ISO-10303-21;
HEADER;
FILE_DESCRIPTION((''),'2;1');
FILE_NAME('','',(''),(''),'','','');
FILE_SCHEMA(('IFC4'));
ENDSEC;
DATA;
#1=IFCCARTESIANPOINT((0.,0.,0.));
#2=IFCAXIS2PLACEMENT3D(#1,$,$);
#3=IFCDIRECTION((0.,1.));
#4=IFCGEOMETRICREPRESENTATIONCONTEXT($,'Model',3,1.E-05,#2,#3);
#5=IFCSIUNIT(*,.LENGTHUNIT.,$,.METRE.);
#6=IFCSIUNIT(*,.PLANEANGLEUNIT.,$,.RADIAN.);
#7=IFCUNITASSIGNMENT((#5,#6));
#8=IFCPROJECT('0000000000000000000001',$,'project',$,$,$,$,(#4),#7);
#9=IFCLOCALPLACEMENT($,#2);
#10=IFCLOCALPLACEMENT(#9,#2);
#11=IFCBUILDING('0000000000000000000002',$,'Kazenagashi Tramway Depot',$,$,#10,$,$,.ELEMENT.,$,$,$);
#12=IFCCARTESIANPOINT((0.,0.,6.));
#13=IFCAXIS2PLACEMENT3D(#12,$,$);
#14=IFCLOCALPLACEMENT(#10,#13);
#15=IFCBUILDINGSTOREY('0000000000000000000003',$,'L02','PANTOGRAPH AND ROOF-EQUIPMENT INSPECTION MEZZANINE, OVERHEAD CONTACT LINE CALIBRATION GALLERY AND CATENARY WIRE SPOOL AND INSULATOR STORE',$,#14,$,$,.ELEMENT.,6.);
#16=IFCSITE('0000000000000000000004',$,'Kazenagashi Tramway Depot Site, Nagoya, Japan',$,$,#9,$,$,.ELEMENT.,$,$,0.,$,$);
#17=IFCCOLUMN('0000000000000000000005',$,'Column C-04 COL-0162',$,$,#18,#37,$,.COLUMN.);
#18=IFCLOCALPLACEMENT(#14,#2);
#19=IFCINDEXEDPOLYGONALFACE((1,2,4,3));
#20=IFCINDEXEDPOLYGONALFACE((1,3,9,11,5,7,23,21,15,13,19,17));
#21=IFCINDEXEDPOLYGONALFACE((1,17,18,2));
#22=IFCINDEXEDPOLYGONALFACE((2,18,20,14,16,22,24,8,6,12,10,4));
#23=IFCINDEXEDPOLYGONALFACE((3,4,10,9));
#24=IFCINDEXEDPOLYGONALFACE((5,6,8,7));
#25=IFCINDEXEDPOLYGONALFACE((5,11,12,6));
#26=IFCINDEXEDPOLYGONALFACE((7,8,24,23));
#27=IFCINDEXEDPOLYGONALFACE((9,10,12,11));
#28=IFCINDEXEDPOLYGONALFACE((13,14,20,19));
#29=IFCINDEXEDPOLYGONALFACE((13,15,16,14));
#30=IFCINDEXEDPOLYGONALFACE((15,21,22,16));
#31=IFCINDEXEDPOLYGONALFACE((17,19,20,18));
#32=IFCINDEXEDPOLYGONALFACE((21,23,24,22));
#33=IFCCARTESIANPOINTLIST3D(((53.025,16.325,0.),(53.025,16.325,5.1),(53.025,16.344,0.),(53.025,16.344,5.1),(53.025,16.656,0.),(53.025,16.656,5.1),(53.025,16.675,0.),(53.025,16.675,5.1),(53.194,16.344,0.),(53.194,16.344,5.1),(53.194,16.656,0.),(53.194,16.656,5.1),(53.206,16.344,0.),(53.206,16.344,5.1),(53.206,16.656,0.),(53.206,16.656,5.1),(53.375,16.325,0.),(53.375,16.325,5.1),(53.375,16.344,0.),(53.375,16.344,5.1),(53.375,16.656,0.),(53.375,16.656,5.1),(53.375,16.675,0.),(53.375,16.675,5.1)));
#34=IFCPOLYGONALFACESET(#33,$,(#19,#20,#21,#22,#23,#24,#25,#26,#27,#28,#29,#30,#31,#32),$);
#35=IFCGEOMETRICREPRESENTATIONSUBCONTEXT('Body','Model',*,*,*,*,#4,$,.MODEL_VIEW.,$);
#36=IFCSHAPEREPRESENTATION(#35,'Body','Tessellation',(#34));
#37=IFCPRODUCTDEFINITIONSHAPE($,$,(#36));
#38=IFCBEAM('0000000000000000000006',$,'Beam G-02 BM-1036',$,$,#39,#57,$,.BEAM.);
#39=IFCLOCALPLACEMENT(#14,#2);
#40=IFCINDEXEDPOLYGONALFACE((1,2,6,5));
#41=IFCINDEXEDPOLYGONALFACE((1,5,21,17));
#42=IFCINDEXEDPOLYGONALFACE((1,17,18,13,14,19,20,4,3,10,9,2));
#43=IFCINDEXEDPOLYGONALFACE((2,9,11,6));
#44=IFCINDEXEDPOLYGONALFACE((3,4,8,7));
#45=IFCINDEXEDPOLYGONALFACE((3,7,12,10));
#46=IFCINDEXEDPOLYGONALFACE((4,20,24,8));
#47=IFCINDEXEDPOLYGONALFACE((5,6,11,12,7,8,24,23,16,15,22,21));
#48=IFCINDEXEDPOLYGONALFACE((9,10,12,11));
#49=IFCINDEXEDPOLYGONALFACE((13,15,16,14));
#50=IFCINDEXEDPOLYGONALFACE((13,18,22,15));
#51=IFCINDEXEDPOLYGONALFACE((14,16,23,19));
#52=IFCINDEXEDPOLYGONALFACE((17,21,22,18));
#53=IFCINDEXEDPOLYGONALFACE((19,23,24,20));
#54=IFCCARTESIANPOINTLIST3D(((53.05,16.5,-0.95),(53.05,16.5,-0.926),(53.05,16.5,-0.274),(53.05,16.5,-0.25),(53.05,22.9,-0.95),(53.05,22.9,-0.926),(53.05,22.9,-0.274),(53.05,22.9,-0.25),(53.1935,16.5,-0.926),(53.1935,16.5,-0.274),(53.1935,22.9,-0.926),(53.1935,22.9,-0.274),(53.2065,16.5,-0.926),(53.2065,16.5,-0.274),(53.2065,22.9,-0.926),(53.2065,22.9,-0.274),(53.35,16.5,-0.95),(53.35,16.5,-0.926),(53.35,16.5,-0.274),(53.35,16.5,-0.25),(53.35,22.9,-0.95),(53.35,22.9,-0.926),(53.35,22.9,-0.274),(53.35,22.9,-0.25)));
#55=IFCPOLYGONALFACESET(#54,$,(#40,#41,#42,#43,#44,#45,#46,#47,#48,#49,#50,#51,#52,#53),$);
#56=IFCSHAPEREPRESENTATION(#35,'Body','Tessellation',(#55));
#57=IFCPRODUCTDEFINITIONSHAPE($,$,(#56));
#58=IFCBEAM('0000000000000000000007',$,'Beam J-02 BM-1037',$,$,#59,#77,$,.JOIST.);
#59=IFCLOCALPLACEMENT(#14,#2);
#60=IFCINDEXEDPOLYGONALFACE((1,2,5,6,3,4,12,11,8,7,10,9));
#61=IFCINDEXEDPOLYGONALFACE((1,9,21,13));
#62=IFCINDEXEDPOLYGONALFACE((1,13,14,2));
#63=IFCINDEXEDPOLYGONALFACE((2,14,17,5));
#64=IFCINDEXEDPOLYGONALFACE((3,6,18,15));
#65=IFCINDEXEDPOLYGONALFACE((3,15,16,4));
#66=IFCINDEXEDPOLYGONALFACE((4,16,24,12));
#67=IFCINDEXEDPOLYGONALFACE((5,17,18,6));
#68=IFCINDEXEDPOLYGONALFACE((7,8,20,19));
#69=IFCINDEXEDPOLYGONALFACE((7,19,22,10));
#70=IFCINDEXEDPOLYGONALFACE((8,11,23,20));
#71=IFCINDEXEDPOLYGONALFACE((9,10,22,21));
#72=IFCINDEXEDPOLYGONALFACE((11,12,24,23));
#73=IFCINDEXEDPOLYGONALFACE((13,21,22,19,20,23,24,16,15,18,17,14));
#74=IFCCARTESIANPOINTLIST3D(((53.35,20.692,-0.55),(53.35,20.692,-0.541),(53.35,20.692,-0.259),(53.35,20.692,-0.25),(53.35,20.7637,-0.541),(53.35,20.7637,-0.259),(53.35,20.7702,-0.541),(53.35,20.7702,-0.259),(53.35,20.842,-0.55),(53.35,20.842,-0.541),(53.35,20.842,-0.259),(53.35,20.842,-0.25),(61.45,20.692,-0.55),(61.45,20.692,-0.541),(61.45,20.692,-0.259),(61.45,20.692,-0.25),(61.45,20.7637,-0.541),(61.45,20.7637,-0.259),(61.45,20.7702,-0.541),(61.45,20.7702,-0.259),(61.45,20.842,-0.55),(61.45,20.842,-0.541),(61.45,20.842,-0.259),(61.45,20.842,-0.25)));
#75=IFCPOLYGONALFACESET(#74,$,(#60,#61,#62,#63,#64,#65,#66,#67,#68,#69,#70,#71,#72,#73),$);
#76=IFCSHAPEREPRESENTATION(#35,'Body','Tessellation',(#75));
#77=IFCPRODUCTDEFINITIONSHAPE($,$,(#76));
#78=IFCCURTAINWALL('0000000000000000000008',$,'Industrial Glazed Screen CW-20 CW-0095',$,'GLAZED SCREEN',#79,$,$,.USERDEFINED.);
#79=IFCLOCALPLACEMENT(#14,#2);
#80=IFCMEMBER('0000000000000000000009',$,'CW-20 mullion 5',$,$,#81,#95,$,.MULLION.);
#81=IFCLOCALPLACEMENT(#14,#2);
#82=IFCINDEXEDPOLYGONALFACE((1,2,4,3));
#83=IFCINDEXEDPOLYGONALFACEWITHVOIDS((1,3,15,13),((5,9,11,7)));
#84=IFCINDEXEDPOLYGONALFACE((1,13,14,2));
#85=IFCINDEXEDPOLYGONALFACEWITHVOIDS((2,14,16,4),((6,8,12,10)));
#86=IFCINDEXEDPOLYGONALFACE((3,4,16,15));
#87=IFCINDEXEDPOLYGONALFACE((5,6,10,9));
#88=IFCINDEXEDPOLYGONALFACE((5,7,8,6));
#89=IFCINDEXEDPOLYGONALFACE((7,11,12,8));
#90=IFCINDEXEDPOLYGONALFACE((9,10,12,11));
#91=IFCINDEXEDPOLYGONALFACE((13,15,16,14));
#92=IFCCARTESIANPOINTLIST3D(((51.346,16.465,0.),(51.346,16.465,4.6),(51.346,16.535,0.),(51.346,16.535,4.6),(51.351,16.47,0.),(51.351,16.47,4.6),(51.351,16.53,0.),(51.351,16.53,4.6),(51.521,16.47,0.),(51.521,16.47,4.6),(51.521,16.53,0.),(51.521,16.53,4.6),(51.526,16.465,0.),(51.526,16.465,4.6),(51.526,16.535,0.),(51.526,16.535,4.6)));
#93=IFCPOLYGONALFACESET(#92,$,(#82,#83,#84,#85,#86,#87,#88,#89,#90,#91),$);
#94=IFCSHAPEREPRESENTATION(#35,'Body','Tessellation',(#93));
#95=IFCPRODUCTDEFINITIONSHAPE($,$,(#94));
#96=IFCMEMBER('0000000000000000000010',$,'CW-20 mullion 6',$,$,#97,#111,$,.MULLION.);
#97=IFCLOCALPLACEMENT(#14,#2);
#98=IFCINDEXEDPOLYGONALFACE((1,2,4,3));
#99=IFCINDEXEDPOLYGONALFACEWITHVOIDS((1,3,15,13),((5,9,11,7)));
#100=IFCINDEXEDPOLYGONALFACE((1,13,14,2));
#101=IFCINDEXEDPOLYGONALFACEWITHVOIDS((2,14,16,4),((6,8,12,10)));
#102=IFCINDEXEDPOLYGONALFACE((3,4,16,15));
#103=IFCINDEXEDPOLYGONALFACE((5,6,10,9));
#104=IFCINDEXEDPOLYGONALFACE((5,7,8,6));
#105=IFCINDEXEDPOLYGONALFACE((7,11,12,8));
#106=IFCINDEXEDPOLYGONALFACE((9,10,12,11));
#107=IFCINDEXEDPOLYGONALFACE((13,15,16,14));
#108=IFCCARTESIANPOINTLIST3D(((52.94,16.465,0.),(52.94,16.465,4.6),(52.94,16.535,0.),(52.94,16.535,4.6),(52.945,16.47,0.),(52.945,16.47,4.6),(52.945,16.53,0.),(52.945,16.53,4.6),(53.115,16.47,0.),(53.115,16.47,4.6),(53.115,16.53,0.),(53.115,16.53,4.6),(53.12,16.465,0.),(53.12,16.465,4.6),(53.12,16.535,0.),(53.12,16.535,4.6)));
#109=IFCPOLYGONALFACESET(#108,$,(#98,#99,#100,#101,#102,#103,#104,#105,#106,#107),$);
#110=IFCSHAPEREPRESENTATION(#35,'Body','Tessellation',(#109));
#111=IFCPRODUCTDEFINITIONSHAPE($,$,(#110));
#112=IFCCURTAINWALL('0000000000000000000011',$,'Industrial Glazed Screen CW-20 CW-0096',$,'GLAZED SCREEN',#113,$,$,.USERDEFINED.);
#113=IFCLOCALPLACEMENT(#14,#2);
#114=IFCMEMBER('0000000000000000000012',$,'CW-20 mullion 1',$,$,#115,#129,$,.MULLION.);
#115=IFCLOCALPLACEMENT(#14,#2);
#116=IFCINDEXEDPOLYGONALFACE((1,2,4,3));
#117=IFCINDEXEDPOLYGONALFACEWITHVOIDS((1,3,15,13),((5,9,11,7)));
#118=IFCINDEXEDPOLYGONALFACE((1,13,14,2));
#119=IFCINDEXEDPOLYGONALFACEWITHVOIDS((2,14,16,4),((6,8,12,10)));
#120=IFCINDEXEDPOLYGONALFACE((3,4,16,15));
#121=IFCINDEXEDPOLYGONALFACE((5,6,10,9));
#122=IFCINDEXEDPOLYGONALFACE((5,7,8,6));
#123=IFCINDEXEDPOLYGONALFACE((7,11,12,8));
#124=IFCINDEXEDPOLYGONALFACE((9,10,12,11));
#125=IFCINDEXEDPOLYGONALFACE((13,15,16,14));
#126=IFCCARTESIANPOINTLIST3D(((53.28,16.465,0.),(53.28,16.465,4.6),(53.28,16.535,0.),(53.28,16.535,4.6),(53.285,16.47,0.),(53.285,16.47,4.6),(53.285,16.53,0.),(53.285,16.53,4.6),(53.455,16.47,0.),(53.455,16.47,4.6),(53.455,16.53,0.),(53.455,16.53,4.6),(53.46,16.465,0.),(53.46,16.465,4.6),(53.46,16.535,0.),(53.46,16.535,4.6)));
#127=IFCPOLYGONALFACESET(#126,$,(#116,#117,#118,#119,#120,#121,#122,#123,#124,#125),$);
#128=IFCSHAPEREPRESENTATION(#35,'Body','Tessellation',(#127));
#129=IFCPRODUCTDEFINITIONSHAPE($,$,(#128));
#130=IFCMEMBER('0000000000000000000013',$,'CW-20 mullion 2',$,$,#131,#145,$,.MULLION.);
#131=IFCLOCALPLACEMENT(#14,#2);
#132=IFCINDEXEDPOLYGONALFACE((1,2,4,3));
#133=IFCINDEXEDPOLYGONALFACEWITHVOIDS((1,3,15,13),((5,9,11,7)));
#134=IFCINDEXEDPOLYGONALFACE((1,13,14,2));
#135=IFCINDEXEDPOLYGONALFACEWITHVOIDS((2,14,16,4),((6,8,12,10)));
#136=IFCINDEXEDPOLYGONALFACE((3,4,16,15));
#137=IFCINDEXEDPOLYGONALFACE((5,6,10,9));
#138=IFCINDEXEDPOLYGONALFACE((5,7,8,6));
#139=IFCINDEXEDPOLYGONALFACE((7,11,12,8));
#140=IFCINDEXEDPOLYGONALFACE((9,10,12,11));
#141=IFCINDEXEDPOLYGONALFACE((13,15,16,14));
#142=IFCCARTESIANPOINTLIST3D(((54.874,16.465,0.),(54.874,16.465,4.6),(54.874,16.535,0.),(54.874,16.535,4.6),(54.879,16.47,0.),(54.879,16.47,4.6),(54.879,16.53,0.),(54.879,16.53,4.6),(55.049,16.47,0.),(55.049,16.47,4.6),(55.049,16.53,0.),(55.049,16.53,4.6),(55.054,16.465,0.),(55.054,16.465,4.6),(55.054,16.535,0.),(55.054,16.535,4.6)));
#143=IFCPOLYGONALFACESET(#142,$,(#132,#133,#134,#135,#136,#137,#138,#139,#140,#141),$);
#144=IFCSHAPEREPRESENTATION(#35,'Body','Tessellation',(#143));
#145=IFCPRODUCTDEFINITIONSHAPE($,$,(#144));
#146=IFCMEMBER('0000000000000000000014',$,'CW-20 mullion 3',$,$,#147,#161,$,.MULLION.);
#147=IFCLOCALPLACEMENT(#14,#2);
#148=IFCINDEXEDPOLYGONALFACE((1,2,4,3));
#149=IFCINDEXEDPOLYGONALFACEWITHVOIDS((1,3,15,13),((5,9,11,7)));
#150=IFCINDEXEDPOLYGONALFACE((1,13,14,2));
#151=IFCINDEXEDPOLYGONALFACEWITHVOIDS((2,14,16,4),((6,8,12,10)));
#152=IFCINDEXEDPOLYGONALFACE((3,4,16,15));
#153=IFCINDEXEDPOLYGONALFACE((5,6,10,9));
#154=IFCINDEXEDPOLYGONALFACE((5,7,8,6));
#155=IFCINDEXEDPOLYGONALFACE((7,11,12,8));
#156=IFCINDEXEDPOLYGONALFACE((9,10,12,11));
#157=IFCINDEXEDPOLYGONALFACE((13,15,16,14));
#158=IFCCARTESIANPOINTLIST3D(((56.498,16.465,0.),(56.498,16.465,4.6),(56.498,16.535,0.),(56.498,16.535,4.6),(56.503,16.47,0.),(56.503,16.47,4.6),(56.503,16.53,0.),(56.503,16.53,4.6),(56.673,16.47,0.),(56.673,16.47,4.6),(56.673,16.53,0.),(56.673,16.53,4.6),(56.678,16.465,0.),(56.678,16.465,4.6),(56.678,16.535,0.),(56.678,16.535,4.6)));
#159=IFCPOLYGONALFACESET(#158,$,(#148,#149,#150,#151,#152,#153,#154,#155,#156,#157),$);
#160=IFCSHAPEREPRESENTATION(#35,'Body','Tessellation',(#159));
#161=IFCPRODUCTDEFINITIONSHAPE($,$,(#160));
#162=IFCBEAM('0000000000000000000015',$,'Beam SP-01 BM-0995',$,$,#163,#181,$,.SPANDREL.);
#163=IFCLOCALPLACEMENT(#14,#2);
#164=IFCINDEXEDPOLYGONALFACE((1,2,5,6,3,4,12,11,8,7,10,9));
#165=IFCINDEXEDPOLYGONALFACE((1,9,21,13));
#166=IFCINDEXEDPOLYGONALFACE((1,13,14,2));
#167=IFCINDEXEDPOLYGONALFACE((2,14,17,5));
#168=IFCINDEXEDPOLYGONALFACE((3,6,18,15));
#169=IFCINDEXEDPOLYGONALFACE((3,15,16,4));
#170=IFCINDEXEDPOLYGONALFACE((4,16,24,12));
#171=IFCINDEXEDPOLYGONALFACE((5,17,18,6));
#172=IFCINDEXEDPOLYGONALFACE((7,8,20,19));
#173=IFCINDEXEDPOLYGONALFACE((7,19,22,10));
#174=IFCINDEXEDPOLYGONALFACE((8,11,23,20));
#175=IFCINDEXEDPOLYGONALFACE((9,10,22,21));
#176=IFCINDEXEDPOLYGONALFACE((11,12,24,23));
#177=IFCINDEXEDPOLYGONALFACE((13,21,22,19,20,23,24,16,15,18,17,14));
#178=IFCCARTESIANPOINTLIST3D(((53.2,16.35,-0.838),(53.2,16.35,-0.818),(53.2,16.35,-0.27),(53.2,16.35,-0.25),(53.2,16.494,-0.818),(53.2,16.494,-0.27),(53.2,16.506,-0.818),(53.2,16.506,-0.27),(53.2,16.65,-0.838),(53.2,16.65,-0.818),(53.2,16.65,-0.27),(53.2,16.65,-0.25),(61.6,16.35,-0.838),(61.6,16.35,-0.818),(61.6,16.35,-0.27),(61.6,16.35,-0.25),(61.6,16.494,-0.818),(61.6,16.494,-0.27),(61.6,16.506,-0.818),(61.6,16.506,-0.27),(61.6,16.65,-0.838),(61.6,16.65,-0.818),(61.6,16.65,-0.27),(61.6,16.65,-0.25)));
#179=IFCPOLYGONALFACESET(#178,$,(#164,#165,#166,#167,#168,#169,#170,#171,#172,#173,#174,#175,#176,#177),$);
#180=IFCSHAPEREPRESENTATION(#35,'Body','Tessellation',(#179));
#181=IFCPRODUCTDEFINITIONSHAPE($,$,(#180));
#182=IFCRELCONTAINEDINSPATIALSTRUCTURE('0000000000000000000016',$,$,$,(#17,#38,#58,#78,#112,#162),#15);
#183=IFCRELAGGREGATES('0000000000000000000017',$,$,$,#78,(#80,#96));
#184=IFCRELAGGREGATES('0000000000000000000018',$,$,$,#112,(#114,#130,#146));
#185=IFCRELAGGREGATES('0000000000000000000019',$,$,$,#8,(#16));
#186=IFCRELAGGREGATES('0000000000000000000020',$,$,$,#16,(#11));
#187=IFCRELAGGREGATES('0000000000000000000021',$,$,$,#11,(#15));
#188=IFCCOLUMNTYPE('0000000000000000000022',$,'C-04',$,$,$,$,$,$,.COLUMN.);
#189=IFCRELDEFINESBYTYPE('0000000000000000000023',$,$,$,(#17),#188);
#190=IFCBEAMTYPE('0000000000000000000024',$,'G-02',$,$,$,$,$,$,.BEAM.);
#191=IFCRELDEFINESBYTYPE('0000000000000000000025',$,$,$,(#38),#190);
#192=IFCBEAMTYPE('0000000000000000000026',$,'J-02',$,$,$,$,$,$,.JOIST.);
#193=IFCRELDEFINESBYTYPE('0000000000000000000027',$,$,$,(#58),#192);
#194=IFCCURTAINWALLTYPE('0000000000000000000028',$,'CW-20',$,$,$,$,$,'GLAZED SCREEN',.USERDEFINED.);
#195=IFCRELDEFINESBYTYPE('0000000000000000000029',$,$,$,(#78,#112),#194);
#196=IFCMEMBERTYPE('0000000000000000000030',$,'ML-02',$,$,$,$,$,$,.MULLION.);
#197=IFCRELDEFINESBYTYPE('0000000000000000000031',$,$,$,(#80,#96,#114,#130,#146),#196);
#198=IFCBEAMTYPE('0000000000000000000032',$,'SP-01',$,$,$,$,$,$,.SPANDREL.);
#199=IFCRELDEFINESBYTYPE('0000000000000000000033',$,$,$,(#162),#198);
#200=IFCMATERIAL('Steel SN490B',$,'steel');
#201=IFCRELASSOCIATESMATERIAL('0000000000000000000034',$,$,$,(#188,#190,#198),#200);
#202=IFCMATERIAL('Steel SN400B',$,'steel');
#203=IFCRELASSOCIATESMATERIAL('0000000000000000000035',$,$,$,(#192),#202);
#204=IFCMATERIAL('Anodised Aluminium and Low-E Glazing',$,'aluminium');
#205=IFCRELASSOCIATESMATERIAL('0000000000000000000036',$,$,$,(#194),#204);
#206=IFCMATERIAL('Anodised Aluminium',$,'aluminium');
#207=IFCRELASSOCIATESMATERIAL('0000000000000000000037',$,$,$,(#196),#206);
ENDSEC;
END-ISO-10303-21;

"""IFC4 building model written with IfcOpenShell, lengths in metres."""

from ifc_helpers import new_model, si_unit, direction, frame, origin, origin_2d, place, context, subcontext, project, spatial, hollow_rectangle, i_section, extrude, material, material_profile, profile_set, type_object, element, aggregate, save


model = new_model("IFC4")

# Units and contexts
model_context = context("Model", 3, precision=1e-05, world=origin(), true_north=direction((0.0, 1.0)))
body_context = subcontext(model_context, "Body", "Model", "MODEL_VIEW")
ifc_project = project(units=[si_unit("LENGTHUNIT", "METRE"), si_unit("PLANEANGLEUNIT", "RADIAN")], contexts=[model_context])

# Site, building, storey
site_placement = place(None, origin())
site = spatial("IfcSite", under=ifc_project, at=site_placement, Name="Kazenagashi Tramway Depot Site, Nagoya, Japan", CompositionType="ELEMENT", RefElevation=0.0)
building_placement = place(site_placement, origin())
building = spatial("IfcBuilding", under=site, at=building_placement, Name="Kazenagashi Tramway Depot", CompositionType="ELEMENT")
storey_placement = place(building_placement, frame((0.0, 0.0, 6.0)))
storey = spatial("IfcBuildingStorey", under=building, at=storey_placement, Name="L02", Description="PANTOGRAPH AND ROOF-EQUIPMENT INSPECTION MEZZANINE, OVERHEAD CONTACT LINE CALIBRATION GALLERY AND CATENARY WIRE SPOOL AND INSULATOR STORE", CompositionType="ELEMENT", Elevation=6.0)

# Column
ifc_material_1 = material(Name="Steel SN490B", Category="steel")
ifc_material_profile_1 = material_profile(ifc_material_1, i_section(OverallWidth=0.35, OverallDepth=0.35, WebThickness=0.012, FlangeThickness=0.019, at=origin_2d()), Name="H-350x350x12x19")
ifc_profile_set_1 = profile_set([ifc_material_profile_1], Name="Steel SN490B")
column_type = type_object("IfcColumnType", Name="C-04", PredefinedType="COLUMN", material=ifc_profile_set_1)
column_placement = place(storey_placement, frame((53.2, 16.5, 0.0), z_axis=(0.0, 0.0, 1.0), x_axis=(1.0, 0.0, 0.0)))
element("IfcColumn", 1, at=column_placement, inside=storey, type_object=column_type, Name="Column C-04 COL-0162", PredefinedType="COLUMN", context=body_context, shape_type="SweptSolid", body=[
    extrude(i_section(OverallWidth=0.35, OverallDepth=0.35, WebThickness=0.012, FlangeThickness=0.019, at=origin_2d()), origin(), (0.0, 0.0, 1.0), 5.1),
])

# Beams
ifc_material_profile_2 = material_profile(ifc_material_1, i_section(OverallWidth=0.3, OverallDepth=0.7, WebThickness=0.013, FlangeThickness=0.024, at=origin_2d()), Name="H-700x300x13x24")
ifc_profile_set_2 = profile_set([ifc_material_profile_2], Name="Steel SN490B")
beam_type_1 = type_object("IfcBeamType", Name="G-02", PredefinedType="BEAM", material=ifc_profile_set_2)
beam_1_placement = place(storey_placement, frame((53.2, 16.5, -0.6), z_axis=(0.0, 1.0, 0.0), x_axis=(-1.0, 0.0, 0.0)))
element("IfcBeam", 2, at=beam_1_placement, inside=storey, type_object=beam_type_1, Name="Beam G-02 BM-1036", PredefinedType="BEAM", context=body_context, shape_type="SweptSolid", body=[
    extrude(i_section(OverallWidth=0.3, OverallDepth=0.7, WebThickness=0.013, FlangeThickness=0.024, at=origin_2d()), origin(), (0.0, 0.0, 1.0), 6.4),
])
ifc_material_2 = material(Name="Steel SN400B", Category="steel")
ifc_material_profile_3 = material_profile(ifc_material_2, i_section(OverallWidth=0.15, OverallDepth=0.3, WebThickness=0.0065, FlangeThickness=0.009, at=origin_2d()), Name="H-300x150x6.5x9")
ifc_profile_set_3 = profile_set([ifc_material_profile_3], Name="Steel SN400B")
beam_type_2 = type_object("IfcBeamType", Name="J-02", PredefinedType="JOIST", material=ifc_profile_set_3)
beam_2_placement = place(storey_placement, frame((53.35, 20.767, -0.4), z_axis=(1.0, 0.0, 0.0), x_axis=(0.0, 1.0, 0.0)))
element("IfcBeam", 3, at=beam_2_placement, inside=storey, type_object=beam_type_2, Name="Beam J-02 BM-1037", PredefinedType="JOIST", context=body_context, shape_type="SweptSolid", body=[
    extrude(i_section(OverallWidth=0.15, OverallDepth=0.3, WebThickness=0.0065, FlangeThickness=0.009, at=origin_2d()), origin(), (0.0, 0.0, 1.0), 8.1),
])

# Curtain walls, members
ifc_material_3 = material(Name="Anodised Aluminium and Low-E Glazing", Category="aluminium")
curtain_wall_type = type_object("IfcCurtainWallType", Name="CW-20", ElementType="GLAZED SCREEN", PredefinedType="USERDEFINED", material=ifc_material_3)
curtain_wall_1_placement = place(storey_placement, origin())
curtain_wall_1 = element("IfcCurtainWall", 4, at=curtain_wall_1_placement, inside=storey, type_object=curtain_wall_type, Name="Industrial Glazed Screen CW-20 CW-0095", ObjectType="GLAZED SCREEN", PredefinedType="USERDEFINED")
ifc_material_4 = material(Name="Anodised Aluminium", Category="aluminium")
ifc_material_profile_4 = material_profile(ifc_material_4, hollow_rectangle(XDim=0.07, YDim=0.18, WallThickness=0.005, at=origin_2d()), Name="RHS-180x70x5")
ifc_profile_set_4 = profile_set([ifc_material_profile_4], Name="Anodised Aluminium")
member_type_1 = type_object("IfcMemberType", Name="ML-02", PredefinedType="MULLION", material=ifc_profile_set_4)
member_1_placement = place(storey_placement, frame((51.436, 16.5, 0.0), z_axis=(0.0, 0.0, 1.0), x_axis=(0.0, 1.0, 0.0)))
member_1 = element("IfcMember", 5, at=member_1_placement, type_object=member_type_1, Name="CW-20 mullion 5", PredefinedType="MULLION", context=body_context, shape_type="SweptSolid", body=[
    extrude(hollow_rectangle(XDim=0.07, YDim=0.18, WallThickness=0.005, at=origin_2d()), origin(), (0.0, 0.0, 1.0), 4.6),
])
member_2_placement = place(storey_placement, frame((53.03, 16.5, 0.0), z_axis=(0.0, 0.0, 1.0), x_axis=(0.0, 1.0, 0.0)))
member_2 = element("IfcMember", 6, at=member_2_placement, type_object=member_type_1, Name="CW-20 mullion 6", PredefinedType="MULLION", context=body_context, shape_type="SweptSolid", body=[
    extrude(hollow_rectangle(XDim=0.07, YDim=0.18, WallThickness=0.005, at=origin_2d()), origin(), (0.0, 0.0, 1.0), 4.6),
])
curtain_wall_2_placement = place(storey_placement, origin())
curtain_wall_2 = element("IfcCurtainWall", 7, at=curtain_wall_2_placement, inside=storey, type_object=curtain_wall_type, Name="Industrial Glazed Screen CW-20 CW-0096", ObjectType="GLAZED SCREEN", PredefinedType="USERDEFINED")
member_3_placement = place(storey_placement, frame((53.37, 16.5, 0.0), z_axis=(0.0, 0.0, 1.0), x_axis=(0.0, 1.0, 0.0)))
member_3 = element("IfcMember", 8, at=member_3_placement, type_object=member_type_1, Name="CW-20 mullion 1", PredefinedType="MULLION", context=body_context, shape_type="SweptSolid", body=[
    extrude(hollow_rectangle(XDim=0.07, YDim=0.18, WallThickness=0.005, at=origin_2d()), origin(), (0.0, 0.0, 1.0), 4.6),
])
member_4_placement = place(storey_placement, frame((54.964, 16.5, 0.0), z_axis=(0.0, 0.0, 1.0), x_axis=(0.0, 1.0, 0.0)))
member_4 = element("IfcMember", 9, at=member_4_placement, type_object=member_type_1, Name="CW-20 mullion 2", PredefinedType="MULLION", context=body_context, shape_type="SweptSolid", body=[
    extrude(hollow_rectangle(XDim=0.07, YDim=0.18, WallThickness=0.005, at=origin_2d()), origin(), (0.0, 0.0, 1.0), 4.6),
])
member_5_placement = place(storey_placement, frame((56.588, 16.5, 0.0), z_axis=(0.0, 0.0, 1.0), x_axis=(0.0, 1.0, 0.0)))
member_5 = element("IfcMember", 10, at=member_5_placement, type_object=member_type_1, Name="CW-20 mullion 3", PredefinedType="MULLION", context=body_context, shape_type="SweptSolid", body=[
    extrude(hollow_rectangle(XDim=0.07, YDim=0.18, WallThickness=0.005, at=origin_2d()), origin(), (0.0, 0.0, 1.0), 4.6),
])

# Beam
ifc_material_profile_5 = material_profile(ifc_material_1, i_section(OverallWidth=0.3, OverallDepth=0.588, WebThickness=0.012, FlangeThickness=0.02, at=origin_2d()), Name="H-588x300x12x20")
ifc_profile_set_5 = profile_set([ifc_material_profile_5], Name="Steel SN490B")
beam_type_3 = type_object("IfcBeamType", Name="SP-01", PredefinedType="SPANDREL", material=ifc_profile_set_5)
beam_3_placement = place(storey_placement, frame((53.2, 16.5, -0.544), z_axis=(1.0, 0.0, 0.0), x_axis=(0.0, 1.0, 0.0)))
element("IfcBeam", 11, at=beam_3_placement, inside=storey, type_object=beam_type_3, Name="Beam SP-01 BM-0995", PredefinedType="SPANDREL", context=body_context, shape_type="SweptSolid", body=[
    extrude(i_section(OverallWidth=0.3, OverallDepth=0.588, WebThickness=0.012, FlangeThickness=0.02, at=origin_2d()), origin(), (0.0, 0.0, 1.0), 8.4),
])

aggregate(curtain_wall_1, [member_1, member_2])
aggregate(curtain_wall_2, [member_3, member_4, member_5])

save(model, "model.ifc")
